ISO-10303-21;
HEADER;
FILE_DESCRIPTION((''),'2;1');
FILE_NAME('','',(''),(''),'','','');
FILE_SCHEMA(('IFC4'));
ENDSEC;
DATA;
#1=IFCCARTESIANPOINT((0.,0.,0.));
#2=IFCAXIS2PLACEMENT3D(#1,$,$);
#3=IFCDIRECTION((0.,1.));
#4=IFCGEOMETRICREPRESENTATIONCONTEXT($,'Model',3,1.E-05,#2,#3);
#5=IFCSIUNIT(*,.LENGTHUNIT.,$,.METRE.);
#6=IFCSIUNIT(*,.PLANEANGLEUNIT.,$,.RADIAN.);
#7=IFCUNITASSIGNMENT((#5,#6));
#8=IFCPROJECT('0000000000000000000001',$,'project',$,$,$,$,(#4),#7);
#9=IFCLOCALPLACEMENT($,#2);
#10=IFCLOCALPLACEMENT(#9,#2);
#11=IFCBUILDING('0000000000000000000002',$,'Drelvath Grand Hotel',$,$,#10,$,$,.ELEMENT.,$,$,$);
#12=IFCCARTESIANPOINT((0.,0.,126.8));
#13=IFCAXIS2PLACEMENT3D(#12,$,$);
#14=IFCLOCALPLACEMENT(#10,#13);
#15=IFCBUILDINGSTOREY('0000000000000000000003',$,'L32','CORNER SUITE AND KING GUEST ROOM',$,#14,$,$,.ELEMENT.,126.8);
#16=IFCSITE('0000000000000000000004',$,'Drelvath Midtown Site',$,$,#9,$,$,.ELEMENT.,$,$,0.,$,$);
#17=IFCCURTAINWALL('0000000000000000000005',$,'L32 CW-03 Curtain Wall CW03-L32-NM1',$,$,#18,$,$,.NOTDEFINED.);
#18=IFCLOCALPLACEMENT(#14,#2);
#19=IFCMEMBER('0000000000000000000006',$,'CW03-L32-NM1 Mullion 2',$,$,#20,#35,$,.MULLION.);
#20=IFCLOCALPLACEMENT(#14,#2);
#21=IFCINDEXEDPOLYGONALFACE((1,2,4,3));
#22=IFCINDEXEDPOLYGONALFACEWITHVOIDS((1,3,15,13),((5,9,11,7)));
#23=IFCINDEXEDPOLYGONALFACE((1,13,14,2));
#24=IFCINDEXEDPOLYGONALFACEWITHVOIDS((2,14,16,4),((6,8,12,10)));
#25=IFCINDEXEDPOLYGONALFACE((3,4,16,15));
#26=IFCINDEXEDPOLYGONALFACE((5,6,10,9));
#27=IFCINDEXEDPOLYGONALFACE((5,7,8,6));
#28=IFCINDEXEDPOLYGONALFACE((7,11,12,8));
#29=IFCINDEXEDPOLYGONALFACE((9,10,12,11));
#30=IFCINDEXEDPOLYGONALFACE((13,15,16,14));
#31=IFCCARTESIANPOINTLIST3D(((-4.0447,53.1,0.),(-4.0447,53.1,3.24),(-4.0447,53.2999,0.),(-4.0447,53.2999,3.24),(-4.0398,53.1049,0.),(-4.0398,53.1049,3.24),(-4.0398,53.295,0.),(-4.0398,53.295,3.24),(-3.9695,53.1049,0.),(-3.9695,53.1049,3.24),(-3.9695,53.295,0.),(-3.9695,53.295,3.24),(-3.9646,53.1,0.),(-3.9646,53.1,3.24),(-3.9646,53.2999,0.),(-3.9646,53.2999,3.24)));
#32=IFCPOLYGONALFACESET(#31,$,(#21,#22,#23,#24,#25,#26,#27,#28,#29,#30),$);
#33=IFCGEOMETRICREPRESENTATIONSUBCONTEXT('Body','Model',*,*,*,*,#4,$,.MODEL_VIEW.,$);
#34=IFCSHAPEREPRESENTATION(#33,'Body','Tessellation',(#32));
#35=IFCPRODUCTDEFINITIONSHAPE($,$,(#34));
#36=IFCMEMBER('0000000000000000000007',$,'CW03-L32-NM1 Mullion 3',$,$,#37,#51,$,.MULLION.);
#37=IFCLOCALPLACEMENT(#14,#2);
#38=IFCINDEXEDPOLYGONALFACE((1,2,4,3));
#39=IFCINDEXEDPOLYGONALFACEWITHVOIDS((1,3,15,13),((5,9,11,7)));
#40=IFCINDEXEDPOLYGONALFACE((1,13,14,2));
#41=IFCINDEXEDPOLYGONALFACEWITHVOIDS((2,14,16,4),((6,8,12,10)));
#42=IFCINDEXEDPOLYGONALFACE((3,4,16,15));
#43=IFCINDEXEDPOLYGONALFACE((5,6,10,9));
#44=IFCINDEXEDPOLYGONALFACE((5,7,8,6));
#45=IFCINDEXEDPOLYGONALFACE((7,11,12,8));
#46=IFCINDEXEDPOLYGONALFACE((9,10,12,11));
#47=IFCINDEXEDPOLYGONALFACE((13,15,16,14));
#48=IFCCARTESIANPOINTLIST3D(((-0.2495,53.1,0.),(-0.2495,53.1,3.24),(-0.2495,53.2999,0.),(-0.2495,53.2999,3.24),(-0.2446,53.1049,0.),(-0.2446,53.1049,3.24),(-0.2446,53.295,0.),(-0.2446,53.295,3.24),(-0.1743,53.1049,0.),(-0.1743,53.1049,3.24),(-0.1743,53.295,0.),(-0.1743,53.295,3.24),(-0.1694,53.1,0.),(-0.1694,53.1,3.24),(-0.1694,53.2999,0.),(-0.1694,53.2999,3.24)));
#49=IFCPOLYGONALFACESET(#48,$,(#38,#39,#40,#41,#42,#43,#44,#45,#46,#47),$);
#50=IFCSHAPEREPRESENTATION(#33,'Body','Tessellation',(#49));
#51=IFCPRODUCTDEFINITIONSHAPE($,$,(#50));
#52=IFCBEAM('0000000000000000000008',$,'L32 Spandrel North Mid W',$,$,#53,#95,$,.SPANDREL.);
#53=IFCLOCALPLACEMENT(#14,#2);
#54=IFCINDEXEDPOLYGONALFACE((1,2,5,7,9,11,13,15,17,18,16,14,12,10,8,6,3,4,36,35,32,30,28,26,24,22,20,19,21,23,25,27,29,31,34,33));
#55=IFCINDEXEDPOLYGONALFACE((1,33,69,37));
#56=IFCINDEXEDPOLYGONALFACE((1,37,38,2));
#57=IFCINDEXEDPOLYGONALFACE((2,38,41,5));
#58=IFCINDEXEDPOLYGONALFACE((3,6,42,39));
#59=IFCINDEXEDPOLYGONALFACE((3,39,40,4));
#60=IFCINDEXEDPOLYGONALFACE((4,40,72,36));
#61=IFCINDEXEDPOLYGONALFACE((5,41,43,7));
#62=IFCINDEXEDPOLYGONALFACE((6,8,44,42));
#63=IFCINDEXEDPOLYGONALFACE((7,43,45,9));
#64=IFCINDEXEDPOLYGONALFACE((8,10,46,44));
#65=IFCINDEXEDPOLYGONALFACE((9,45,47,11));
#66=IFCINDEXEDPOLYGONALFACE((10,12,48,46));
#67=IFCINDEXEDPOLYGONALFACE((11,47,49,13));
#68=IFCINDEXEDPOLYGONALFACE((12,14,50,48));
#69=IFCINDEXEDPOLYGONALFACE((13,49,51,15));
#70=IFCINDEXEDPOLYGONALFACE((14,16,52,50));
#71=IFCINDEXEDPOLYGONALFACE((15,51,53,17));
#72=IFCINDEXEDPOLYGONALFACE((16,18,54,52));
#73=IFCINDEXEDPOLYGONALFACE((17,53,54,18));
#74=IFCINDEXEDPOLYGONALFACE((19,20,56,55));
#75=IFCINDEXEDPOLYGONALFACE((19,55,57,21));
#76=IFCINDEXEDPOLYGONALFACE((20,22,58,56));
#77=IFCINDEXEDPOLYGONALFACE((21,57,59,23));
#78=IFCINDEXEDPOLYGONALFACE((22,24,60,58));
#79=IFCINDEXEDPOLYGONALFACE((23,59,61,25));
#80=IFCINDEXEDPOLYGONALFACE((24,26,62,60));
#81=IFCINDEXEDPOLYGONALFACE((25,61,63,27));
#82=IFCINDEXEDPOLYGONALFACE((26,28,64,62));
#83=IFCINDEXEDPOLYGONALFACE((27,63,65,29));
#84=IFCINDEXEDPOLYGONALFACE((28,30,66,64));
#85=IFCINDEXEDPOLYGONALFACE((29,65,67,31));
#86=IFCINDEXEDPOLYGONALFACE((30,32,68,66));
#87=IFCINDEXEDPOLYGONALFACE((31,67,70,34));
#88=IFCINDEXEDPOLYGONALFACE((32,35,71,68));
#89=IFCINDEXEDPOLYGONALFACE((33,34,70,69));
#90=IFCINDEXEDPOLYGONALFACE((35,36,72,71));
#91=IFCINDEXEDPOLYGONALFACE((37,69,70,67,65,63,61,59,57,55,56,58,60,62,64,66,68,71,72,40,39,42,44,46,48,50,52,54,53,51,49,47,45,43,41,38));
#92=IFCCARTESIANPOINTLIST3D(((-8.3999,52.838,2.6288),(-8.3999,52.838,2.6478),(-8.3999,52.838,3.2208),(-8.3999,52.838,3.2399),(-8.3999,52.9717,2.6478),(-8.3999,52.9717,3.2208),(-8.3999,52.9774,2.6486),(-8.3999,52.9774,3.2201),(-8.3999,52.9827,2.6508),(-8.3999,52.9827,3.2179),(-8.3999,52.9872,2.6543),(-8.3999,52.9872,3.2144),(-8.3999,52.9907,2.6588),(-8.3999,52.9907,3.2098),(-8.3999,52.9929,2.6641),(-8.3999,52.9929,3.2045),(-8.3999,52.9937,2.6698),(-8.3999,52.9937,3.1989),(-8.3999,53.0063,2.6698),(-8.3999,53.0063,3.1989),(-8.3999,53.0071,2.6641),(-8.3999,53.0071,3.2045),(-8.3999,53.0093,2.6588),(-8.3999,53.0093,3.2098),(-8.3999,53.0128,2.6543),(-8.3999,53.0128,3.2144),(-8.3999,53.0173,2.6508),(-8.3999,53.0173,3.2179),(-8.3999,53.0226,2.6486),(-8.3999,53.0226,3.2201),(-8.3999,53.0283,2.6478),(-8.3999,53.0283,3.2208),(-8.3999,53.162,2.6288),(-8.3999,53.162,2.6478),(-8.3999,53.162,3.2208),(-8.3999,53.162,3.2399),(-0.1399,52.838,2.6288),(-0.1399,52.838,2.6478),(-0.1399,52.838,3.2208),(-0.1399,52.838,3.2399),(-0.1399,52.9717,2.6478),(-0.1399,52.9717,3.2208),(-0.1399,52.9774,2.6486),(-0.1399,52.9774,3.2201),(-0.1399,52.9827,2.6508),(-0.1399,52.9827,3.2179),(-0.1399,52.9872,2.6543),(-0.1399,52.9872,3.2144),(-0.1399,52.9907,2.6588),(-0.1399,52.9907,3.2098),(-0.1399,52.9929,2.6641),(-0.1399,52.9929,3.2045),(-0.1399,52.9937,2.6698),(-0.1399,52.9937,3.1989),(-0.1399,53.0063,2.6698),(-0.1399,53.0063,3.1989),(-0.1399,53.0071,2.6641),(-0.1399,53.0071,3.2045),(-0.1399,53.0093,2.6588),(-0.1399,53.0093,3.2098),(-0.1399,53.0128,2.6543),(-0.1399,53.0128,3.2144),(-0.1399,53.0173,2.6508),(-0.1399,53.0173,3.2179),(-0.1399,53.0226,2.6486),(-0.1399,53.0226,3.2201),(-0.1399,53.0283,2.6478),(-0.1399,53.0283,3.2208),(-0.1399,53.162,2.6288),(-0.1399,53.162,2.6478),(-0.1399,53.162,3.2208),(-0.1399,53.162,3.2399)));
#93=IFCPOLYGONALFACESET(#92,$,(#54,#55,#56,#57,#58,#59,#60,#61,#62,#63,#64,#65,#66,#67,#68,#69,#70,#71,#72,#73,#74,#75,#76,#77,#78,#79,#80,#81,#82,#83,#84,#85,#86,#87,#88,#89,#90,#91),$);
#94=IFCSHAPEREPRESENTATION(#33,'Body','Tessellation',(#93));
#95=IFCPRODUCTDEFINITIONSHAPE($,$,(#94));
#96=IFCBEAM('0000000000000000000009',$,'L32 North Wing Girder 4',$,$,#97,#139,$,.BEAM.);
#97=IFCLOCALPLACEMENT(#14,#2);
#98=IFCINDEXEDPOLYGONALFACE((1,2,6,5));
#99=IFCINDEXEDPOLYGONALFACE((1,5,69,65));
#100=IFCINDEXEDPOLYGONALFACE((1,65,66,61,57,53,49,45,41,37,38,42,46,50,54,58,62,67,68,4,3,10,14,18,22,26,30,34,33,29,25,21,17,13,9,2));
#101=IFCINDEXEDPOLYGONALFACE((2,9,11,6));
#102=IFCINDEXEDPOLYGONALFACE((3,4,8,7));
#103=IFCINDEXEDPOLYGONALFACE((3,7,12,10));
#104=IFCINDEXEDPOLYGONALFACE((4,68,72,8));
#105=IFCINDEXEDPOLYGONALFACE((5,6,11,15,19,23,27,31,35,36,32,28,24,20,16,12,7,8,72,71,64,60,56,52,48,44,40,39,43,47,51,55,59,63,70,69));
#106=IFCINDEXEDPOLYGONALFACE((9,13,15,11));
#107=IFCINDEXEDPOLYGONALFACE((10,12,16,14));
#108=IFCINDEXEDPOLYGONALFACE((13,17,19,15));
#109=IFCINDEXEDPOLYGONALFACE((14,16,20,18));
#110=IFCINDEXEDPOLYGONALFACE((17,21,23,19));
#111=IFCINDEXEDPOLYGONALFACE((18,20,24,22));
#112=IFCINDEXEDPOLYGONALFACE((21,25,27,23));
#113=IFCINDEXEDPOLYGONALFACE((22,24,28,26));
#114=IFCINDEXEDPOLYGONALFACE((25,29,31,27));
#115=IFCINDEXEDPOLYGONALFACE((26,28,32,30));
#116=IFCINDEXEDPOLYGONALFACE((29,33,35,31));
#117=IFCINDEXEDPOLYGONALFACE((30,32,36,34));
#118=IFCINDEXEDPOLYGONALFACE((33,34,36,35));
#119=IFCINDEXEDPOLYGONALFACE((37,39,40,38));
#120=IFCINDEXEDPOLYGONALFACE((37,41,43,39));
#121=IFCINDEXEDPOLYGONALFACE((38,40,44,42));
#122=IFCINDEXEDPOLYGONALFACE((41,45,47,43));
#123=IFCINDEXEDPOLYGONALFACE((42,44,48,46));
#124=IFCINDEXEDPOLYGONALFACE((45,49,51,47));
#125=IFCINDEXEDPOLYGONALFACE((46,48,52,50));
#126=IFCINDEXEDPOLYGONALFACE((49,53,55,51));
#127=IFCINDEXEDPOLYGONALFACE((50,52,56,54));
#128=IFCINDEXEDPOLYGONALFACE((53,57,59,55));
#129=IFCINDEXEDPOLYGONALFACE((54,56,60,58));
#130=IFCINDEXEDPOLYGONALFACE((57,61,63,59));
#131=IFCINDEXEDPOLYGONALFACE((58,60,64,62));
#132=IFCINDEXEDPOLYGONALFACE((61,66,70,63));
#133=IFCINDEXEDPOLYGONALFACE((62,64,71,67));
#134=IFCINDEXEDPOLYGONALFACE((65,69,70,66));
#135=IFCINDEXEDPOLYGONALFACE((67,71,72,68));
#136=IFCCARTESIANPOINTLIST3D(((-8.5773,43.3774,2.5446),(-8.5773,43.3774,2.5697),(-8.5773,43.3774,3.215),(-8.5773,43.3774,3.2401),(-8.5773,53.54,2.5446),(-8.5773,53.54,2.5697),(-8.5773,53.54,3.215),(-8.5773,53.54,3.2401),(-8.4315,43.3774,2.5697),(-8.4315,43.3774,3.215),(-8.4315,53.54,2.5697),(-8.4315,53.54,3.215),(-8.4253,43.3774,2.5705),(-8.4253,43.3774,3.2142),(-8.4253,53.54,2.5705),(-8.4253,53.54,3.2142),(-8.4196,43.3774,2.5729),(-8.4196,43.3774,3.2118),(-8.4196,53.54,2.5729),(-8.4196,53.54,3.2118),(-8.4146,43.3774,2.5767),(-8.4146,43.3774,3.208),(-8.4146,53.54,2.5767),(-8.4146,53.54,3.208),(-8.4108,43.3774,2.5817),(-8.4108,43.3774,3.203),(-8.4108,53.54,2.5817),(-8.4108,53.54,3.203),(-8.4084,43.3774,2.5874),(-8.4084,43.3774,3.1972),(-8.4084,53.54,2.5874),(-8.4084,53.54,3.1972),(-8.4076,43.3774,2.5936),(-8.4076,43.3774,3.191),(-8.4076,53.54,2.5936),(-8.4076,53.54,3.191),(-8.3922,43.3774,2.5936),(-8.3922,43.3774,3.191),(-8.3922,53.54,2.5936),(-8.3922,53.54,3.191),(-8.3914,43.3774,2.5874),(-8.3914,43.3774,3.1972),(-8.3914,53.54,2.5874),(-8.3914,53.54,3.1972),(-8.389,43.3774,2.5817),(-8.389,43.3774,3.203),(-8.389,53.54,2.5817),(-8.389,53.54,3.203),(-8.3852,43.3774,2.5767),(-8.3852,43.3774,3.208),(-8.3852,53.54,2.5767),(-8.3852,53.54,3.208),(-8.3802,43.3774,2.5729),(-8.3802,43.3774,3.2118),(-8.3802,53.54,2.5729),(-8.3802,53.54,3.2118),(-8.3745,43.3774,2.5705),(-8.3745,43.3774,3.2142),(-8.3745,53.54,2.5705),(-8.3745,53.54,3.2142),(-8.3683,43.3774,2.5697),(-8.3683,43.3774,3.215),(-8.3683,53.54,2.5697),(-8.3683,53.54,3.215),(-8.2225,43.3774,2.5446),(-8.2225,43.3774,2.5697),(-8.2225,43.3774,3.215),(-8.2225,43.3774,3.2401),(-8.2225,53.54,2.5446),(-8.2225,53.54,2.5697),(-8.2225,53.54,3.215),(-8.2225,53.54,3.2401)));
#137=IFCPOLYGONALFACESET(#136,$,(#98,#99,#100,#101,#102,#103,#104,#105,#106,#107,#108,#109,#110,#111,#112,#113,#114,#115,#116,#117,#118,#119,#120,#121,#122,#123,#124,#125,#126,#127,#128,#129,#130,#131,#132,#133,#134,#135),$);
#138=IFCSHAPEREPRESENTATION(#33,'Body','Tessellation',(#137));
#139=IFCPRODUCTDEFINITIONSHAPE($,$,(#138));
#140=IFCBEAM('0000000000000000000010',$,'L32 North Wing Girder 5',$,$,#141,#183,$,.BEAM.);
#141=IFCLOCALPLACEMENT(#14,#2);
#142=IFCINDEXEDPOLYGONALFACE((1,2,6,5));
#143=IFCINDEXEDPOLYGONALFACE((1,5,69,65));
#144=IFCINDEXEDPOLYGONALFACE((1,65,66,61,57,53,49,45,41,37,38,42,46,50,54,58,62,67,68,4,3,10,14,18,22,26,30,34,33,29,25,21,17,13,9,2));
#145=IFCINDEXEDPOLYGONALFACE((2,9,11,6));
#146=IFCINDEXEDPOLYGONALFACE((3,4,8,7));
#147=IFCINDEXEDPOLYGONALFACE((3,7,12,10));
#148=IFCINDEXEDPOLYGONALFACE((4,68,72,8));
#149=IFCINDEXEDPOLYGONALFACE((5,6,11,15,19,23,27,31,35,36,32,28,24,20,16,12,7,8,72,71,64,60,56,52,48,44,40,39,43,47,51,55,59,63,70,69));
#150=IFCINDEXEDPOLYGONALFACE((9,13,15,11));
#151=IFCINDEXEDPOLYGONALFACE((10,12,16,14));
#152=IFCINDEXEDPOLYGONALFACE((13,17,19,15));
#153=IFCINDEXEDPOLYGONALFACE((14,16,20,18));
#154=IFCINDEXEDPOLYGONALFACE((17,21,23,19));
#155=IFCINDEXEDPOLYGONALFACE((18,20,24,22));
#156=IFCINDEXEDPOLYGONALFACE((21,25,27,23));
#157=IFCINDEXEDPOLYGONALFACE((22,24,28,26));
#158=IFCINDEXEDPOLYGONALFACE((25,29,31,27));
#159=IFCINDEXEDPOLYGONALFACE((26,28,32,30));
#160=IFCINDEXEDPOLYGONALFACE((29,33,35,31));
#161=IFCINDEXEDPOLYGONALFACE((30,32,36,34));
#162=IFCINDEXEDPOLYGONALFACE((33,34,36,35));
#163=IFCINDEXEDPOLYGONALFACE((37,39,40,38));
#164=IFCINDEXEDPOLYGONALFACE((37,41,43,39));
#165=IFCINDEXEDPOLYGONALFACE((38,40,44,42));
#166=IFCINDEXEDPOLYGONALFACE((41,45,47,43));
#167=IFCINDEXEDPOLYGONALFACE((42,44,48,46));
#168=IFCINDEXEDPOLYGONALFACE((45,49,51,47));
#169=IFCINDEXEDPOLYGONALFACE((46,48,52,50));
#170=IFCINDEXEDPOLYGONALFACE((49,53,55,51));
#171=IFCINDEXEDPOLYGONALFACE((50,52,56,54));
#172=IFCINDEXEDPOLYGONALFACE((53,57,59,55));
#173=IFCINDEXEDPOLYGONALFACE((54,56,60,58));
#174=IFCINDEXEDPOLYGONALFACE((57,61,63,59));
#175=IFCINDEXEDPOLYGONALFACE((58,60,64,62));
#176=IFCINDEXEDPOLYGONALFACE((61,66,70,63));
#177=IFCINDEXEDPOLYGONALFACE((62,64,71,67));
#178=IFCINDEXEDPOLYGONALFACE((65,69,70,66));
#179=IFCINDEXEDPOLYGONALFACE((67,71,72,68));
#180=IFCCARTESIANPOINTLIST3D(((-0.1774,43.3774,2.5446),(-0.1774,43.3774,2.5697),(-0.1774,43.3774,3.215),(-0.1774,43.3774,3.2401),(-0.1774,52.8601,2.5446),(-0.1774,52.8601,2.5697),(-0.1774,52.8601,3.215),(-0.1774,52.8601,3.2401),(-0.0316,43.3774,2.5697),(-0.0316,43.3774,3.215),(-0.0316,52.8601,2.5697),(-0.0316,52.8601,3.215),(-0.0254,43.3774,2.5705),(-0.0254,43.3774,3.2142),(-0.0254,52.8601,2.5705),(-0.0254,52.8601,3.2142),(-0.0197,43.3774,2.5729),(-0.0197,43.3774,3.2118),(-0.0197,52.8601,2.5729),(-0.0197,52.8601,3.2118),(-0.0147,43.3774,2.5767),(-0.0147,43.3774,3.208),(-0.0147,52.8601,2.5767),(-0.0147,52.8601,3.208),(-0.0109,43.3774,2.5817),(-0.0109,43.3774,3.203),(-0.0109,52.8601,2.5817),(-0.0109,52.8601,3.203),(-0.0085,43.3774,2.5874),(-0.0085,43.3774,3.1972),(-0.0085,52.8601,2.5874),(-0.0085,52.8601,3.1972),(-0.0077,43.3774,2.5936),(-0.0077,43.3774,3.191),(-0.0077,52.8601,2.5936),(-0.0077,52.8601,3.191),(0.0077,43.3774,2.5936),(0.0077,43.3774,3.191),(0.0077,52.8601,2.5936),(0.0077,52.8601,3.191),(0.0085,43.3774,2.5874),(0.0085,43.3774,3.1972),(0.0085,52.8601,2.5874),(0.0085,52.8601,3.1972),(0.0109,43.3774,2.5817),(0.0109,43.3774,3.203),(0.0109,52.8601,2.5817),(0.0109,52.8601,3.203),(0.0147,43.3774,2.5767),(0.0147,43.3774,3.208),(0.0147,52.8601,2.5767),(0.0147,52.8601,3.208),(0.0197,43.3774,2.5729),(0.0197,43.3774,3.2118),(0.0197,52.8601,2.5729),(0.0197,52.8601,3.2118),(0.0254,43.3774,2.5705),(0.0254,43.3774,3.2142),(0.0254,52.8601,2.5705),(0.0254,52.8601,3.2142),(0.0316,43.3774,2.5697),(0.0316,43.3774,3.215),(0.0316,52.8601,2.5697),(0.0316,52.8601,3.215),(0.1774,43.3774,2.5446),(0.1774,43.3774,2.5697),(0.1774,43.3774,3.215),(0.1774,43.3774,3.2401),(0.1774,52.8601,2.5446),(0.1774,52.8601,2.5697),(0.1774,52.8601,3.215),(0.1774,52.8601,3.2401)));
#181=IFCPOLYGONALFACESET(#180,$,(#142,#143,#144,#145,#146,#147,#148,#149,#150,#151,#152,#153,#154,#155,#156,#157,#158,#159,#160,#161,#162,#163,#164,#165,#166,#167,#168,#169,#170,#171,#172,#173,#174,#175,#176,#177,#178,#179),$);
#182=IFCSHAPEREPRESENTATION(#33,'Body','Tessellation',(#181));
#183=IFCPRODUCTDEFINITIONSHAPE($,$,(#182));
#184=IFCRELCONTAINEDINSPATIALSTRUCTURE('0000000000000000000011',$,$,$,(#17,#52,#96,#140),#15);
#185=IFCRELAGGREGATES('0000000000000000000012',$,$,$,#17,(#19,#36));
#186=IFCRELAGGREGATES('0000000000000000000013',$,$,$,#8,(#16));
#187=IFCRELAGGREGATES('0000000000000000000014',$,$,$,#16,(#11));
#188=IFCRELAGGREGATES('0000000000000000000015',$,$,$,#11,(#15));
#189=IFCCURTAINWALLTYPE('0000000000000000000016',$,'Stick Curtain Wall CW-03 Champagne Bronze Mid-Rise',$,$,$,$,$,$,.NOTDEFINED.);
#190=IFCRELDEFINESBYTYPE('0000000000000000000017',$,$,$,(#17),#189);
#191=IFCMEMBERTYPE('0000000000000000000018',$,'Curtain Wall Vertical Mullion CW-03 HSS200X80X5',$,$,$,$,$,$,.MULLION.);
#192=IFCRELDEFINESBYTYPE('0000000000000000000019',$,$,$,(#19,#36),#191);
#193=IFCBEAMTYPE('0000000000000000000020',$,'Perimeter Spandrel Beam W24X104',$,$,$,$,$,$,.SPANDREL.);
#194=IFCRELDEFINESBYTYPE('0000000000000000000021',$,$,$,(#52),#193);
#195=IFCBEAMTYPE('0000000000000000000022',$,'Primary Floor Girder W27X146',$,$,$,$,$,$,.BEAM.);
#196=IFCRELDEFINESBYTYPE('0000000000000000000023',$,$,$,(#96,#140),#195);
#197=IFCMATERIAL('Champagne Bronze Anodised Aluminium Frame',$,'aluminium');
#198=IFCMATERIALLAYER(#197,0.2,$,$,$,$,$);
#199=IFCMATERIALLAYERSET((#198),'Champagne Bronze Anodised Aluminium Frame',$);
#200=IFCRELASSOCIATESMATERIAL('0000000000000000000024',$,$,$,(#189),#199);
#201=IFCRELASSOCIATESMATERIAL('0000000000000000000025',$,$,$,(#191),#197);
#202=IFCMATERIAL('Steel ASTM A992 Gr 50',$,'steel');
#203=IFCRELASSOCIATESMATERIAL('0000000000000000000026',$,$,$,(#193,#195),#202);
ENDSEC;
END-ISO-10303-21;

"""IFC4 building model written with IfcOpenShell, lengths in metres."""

from ifc_helpers import new_model, si_unit, direction, frame, origin, origin_2d, place, context, subcontext, project, spatial, hollow_rectangle, i_section, extrude, material, layer, layer_set, material_profile, profile_set, type_object, element, aggregate, save


model = new_model("IFC4")

# Units and contexts
model_context = context("Model", 3, precision=1e-05, world=origin(), true_north=direction((0.0, 1.0)))
body_context = subcontext(model_context, "Body", "Model", "MODEL_VIEW")
ifc_project = project(units=[si_unit("LENGTHUNIT", "METRE"), si_unit("PLANEANGLEUNIT", "RADIAN")], contexts=[model_context])

# Site, building, storey
site_placement = place(None, origin())
site = spatial("IfcSite", under=ifc_project, at=site_placement, Name="Drelvath Midtown Site", CompositionType="ELEMENT", RefElevation=0.0)
building_placement = place(site_placement, origin())
building = spatial("IfcBuilding", under=site, at=building_placement, Name="Drelvath Grand Hotel", CompositionType="ELEMENT")
storey_placement = place(building_placement, frame((0.0, 0.0, 126.8)))
storey = spatial("IfcBuildingStorey", under=building, at=storey_placement, Name="L32", Description="CORNER SUITE AND KING GUEST ROOM", CompositionType="ELEMENT", Elevation=126.8)

# Curtain wall
ifc_material_1 = material(Name="Champagne Bronze Anodised Aluminium Frame", Category="aluminium")
ifc_layer_1 = layer(ifc_material_1, 0.2)
ifc_layer_set_1 = layer_set([ifc_layer_1], Name="Champagne Bronze Anodised Aluminium Frame")
curtain_wall_type = type_object("IfcCurtainWallType", Name="Stick Curtain Wall CW-03 Champagne Bronze Mid-Rise", PredefinedType="NOTDEFINED", material=ifc_layer_set_1)
curtain_wall_1_placement = place(storey_placement, origin())
curtain_wall_1 = element("IfcCurtainWall", 1, at=curtain_wall_1_placement, inside=storey, type_object=curtain_wall_type, Name="L32 CW-03 Curtain Wall CW03-L32-NM1", PredefinedType="NOTDEFINED")

# Members
ifc_material_profile_1 = material_profile(ifc_material_1, hollow_rectangle(XDim=0.0801, YDim=0.2, WallThickness=0.0049, at=origin_2d()), Name="HSS200X80X5")
ifc_profile_set_1 = profile_set([ifc_material_profile_1], Name="Champagne Bronze Anodised Aluminium Frame")
member_type_1 = type_object("IfcMemberType", Name="Curtain Wall Vertical Mullion CW-03 HSS200X80X5", PredefinedType="MULLION", material=ifc_profile_set_1)
member_1_placement = place(storey_placement, frame((-4.0046, 53.2, 0.0), z_axis=(0.0, 0.0, 1.0), x_axis=(1.0, 0.0, 0.0)))
member_1 = element("IfcMember", 2, at=member_1_placement, type_object=member_type_1, Name="CW03-L32-NM1 Mullion 2", PredefinedType="MULLION", context=body_context, shape_type="SweptSolid", body=[
    extrude(hollow_rectangle(XDim=0.0801, YDim=0.2, WallThickness=0.0049, at=origin_2d()), origin(), (0.0, 0.0, 1.0), 3.24),
])
member_2_placement = place(storey_placement, frame((-0.2095, 53.2, 0.0), z_axis=(0.0, 0.0, 1.0), x_axis=(1.0, 0.0, 0.0)))
member_2 = element("IfcMember", 3, at=member_2_placement, type_object=member_type_1, Name="CW03-L32-NM1 Mullion 3", PredefinedType="MULLION", context=body_context, shape_type="SweptSolid", body=[
    extrude(hollow_rectangle(XDim=0.0801, YDim=0.2, WallThickness=0.0049, at=origin_2d()), origin(), (0.0, 0.0, 1.0), 3.24),
])

# Beams
ifc_material_2 = material(Name="Steel ASTM A992 Gr 50", Category="steel")
ifc_material_profile_2 = material_profile(ifc_material_2, i_section(OverallWidth=0.324, OverallDepth=0.6111, WebThickness=0.0127, FlangeThickness=0.019, FilletRadius=0.022, at=origin_2d()), Name="W24X104")
ifc_profile_set_2 = profile_set([ifc_material_profile_2], Name="Steel ASTM A992 Gr 50")
beam_type_1 = type_object("IfcBeamType", Name="Perimeter Spandrel Beam W24X104", PredefinedType="SPANDREL", material=ifc_profile_set_2)
beam_1_placement = place(storey_placement, frame((-8.3999, 53.0, 2.9343), z_axis=(1.0, 0.0, 0.0), x_axis=(0.0, 1.0, 0.0)))
element("IfcBeam", 4, at=beam_1_placement, inside=storey, type_object=beam_type_1, Name="L32 Spandrel North Mid W", PredefinedType="SPANDREL", context=body_context, shape_type="SweptSolid", body=[
    extrude(i_section(OverallWidth=0.324, OverallDepth=0.6111, WebThickness=0.0127, FlangeThickness=0.019, FilletRadius=0.022, at=origin_2d()), origin(), (0.0, 0.0, 1.0), 8.26),
])
ifc_material_profile_3 = material_profile(ifc_material_2, i_section(OverallWidth=0.3547, OverallDepth=0.6956, WebThickness=0.0154, FlangeThickness=0.0251, FilletRadius=0.0239, at=origin_2d()), Name="W27X146")
ifc_profile_set_3 = profile_set([ifc_material_profile_3], Name="Steel ASTM A992 Gr 50")
beam_type_2 = type_object("IfcBeamType", Name="Primary Floor Girder W27X146", PredefinedType="BEAM", material=ifc_profile_set_3)
beam_2_placement = place(storey_placement, frame((-8.3999, 43.3774, 2.8923), z_axis=(0.0, 1.0, 0.0), x_axis=(-1.0, 0.0, 0.0)))
element("IfcBeam", 5, at=beam_2_placement, inside=storey, type_object=beam_type_2, Name="L32 North Wing Girder 4", PredefinedType="BEAM", context=body_context, shape_type="SweptSolid", body=[
    extrude(i_section(OverallWidth=0.3547, OverallDepth=0.6956, WebThickness=0.0154, FlangeThickness=0.0251, FilletRadius=0.0239, at=origin_2d()), origin(), (0.0, 0.0, 1.0), 10.1626),
])
beam_3_placement = place(storey_placement, frame((0.0, 43.3774, 2.8923), z_axis=(0.0, 1.0, 0.0), x_axis=(-1.0, 0.0, 0.0)))
element("IfcBeam", 6, at=beam_3_placement, inside=storey, type_object=beam_type_2, Name="L32 North Wing Girder 5", PredefinedType="BEAM", context=body_context, shape_type="SweptSolid", body=[
    extrude(i_section(OverallWidth=0.3547, OverallDepth=0.6956, WebThickness=0.0154, FlangeThickness=0.0251, FilletRadius=0.0239, at=origin_2d()), origin(), (0.0, 0.0, 1.0), 9.4827),
])

aggregate(curtain_wall_1, [member_1, member_2])

save(model, "model.ifc")
